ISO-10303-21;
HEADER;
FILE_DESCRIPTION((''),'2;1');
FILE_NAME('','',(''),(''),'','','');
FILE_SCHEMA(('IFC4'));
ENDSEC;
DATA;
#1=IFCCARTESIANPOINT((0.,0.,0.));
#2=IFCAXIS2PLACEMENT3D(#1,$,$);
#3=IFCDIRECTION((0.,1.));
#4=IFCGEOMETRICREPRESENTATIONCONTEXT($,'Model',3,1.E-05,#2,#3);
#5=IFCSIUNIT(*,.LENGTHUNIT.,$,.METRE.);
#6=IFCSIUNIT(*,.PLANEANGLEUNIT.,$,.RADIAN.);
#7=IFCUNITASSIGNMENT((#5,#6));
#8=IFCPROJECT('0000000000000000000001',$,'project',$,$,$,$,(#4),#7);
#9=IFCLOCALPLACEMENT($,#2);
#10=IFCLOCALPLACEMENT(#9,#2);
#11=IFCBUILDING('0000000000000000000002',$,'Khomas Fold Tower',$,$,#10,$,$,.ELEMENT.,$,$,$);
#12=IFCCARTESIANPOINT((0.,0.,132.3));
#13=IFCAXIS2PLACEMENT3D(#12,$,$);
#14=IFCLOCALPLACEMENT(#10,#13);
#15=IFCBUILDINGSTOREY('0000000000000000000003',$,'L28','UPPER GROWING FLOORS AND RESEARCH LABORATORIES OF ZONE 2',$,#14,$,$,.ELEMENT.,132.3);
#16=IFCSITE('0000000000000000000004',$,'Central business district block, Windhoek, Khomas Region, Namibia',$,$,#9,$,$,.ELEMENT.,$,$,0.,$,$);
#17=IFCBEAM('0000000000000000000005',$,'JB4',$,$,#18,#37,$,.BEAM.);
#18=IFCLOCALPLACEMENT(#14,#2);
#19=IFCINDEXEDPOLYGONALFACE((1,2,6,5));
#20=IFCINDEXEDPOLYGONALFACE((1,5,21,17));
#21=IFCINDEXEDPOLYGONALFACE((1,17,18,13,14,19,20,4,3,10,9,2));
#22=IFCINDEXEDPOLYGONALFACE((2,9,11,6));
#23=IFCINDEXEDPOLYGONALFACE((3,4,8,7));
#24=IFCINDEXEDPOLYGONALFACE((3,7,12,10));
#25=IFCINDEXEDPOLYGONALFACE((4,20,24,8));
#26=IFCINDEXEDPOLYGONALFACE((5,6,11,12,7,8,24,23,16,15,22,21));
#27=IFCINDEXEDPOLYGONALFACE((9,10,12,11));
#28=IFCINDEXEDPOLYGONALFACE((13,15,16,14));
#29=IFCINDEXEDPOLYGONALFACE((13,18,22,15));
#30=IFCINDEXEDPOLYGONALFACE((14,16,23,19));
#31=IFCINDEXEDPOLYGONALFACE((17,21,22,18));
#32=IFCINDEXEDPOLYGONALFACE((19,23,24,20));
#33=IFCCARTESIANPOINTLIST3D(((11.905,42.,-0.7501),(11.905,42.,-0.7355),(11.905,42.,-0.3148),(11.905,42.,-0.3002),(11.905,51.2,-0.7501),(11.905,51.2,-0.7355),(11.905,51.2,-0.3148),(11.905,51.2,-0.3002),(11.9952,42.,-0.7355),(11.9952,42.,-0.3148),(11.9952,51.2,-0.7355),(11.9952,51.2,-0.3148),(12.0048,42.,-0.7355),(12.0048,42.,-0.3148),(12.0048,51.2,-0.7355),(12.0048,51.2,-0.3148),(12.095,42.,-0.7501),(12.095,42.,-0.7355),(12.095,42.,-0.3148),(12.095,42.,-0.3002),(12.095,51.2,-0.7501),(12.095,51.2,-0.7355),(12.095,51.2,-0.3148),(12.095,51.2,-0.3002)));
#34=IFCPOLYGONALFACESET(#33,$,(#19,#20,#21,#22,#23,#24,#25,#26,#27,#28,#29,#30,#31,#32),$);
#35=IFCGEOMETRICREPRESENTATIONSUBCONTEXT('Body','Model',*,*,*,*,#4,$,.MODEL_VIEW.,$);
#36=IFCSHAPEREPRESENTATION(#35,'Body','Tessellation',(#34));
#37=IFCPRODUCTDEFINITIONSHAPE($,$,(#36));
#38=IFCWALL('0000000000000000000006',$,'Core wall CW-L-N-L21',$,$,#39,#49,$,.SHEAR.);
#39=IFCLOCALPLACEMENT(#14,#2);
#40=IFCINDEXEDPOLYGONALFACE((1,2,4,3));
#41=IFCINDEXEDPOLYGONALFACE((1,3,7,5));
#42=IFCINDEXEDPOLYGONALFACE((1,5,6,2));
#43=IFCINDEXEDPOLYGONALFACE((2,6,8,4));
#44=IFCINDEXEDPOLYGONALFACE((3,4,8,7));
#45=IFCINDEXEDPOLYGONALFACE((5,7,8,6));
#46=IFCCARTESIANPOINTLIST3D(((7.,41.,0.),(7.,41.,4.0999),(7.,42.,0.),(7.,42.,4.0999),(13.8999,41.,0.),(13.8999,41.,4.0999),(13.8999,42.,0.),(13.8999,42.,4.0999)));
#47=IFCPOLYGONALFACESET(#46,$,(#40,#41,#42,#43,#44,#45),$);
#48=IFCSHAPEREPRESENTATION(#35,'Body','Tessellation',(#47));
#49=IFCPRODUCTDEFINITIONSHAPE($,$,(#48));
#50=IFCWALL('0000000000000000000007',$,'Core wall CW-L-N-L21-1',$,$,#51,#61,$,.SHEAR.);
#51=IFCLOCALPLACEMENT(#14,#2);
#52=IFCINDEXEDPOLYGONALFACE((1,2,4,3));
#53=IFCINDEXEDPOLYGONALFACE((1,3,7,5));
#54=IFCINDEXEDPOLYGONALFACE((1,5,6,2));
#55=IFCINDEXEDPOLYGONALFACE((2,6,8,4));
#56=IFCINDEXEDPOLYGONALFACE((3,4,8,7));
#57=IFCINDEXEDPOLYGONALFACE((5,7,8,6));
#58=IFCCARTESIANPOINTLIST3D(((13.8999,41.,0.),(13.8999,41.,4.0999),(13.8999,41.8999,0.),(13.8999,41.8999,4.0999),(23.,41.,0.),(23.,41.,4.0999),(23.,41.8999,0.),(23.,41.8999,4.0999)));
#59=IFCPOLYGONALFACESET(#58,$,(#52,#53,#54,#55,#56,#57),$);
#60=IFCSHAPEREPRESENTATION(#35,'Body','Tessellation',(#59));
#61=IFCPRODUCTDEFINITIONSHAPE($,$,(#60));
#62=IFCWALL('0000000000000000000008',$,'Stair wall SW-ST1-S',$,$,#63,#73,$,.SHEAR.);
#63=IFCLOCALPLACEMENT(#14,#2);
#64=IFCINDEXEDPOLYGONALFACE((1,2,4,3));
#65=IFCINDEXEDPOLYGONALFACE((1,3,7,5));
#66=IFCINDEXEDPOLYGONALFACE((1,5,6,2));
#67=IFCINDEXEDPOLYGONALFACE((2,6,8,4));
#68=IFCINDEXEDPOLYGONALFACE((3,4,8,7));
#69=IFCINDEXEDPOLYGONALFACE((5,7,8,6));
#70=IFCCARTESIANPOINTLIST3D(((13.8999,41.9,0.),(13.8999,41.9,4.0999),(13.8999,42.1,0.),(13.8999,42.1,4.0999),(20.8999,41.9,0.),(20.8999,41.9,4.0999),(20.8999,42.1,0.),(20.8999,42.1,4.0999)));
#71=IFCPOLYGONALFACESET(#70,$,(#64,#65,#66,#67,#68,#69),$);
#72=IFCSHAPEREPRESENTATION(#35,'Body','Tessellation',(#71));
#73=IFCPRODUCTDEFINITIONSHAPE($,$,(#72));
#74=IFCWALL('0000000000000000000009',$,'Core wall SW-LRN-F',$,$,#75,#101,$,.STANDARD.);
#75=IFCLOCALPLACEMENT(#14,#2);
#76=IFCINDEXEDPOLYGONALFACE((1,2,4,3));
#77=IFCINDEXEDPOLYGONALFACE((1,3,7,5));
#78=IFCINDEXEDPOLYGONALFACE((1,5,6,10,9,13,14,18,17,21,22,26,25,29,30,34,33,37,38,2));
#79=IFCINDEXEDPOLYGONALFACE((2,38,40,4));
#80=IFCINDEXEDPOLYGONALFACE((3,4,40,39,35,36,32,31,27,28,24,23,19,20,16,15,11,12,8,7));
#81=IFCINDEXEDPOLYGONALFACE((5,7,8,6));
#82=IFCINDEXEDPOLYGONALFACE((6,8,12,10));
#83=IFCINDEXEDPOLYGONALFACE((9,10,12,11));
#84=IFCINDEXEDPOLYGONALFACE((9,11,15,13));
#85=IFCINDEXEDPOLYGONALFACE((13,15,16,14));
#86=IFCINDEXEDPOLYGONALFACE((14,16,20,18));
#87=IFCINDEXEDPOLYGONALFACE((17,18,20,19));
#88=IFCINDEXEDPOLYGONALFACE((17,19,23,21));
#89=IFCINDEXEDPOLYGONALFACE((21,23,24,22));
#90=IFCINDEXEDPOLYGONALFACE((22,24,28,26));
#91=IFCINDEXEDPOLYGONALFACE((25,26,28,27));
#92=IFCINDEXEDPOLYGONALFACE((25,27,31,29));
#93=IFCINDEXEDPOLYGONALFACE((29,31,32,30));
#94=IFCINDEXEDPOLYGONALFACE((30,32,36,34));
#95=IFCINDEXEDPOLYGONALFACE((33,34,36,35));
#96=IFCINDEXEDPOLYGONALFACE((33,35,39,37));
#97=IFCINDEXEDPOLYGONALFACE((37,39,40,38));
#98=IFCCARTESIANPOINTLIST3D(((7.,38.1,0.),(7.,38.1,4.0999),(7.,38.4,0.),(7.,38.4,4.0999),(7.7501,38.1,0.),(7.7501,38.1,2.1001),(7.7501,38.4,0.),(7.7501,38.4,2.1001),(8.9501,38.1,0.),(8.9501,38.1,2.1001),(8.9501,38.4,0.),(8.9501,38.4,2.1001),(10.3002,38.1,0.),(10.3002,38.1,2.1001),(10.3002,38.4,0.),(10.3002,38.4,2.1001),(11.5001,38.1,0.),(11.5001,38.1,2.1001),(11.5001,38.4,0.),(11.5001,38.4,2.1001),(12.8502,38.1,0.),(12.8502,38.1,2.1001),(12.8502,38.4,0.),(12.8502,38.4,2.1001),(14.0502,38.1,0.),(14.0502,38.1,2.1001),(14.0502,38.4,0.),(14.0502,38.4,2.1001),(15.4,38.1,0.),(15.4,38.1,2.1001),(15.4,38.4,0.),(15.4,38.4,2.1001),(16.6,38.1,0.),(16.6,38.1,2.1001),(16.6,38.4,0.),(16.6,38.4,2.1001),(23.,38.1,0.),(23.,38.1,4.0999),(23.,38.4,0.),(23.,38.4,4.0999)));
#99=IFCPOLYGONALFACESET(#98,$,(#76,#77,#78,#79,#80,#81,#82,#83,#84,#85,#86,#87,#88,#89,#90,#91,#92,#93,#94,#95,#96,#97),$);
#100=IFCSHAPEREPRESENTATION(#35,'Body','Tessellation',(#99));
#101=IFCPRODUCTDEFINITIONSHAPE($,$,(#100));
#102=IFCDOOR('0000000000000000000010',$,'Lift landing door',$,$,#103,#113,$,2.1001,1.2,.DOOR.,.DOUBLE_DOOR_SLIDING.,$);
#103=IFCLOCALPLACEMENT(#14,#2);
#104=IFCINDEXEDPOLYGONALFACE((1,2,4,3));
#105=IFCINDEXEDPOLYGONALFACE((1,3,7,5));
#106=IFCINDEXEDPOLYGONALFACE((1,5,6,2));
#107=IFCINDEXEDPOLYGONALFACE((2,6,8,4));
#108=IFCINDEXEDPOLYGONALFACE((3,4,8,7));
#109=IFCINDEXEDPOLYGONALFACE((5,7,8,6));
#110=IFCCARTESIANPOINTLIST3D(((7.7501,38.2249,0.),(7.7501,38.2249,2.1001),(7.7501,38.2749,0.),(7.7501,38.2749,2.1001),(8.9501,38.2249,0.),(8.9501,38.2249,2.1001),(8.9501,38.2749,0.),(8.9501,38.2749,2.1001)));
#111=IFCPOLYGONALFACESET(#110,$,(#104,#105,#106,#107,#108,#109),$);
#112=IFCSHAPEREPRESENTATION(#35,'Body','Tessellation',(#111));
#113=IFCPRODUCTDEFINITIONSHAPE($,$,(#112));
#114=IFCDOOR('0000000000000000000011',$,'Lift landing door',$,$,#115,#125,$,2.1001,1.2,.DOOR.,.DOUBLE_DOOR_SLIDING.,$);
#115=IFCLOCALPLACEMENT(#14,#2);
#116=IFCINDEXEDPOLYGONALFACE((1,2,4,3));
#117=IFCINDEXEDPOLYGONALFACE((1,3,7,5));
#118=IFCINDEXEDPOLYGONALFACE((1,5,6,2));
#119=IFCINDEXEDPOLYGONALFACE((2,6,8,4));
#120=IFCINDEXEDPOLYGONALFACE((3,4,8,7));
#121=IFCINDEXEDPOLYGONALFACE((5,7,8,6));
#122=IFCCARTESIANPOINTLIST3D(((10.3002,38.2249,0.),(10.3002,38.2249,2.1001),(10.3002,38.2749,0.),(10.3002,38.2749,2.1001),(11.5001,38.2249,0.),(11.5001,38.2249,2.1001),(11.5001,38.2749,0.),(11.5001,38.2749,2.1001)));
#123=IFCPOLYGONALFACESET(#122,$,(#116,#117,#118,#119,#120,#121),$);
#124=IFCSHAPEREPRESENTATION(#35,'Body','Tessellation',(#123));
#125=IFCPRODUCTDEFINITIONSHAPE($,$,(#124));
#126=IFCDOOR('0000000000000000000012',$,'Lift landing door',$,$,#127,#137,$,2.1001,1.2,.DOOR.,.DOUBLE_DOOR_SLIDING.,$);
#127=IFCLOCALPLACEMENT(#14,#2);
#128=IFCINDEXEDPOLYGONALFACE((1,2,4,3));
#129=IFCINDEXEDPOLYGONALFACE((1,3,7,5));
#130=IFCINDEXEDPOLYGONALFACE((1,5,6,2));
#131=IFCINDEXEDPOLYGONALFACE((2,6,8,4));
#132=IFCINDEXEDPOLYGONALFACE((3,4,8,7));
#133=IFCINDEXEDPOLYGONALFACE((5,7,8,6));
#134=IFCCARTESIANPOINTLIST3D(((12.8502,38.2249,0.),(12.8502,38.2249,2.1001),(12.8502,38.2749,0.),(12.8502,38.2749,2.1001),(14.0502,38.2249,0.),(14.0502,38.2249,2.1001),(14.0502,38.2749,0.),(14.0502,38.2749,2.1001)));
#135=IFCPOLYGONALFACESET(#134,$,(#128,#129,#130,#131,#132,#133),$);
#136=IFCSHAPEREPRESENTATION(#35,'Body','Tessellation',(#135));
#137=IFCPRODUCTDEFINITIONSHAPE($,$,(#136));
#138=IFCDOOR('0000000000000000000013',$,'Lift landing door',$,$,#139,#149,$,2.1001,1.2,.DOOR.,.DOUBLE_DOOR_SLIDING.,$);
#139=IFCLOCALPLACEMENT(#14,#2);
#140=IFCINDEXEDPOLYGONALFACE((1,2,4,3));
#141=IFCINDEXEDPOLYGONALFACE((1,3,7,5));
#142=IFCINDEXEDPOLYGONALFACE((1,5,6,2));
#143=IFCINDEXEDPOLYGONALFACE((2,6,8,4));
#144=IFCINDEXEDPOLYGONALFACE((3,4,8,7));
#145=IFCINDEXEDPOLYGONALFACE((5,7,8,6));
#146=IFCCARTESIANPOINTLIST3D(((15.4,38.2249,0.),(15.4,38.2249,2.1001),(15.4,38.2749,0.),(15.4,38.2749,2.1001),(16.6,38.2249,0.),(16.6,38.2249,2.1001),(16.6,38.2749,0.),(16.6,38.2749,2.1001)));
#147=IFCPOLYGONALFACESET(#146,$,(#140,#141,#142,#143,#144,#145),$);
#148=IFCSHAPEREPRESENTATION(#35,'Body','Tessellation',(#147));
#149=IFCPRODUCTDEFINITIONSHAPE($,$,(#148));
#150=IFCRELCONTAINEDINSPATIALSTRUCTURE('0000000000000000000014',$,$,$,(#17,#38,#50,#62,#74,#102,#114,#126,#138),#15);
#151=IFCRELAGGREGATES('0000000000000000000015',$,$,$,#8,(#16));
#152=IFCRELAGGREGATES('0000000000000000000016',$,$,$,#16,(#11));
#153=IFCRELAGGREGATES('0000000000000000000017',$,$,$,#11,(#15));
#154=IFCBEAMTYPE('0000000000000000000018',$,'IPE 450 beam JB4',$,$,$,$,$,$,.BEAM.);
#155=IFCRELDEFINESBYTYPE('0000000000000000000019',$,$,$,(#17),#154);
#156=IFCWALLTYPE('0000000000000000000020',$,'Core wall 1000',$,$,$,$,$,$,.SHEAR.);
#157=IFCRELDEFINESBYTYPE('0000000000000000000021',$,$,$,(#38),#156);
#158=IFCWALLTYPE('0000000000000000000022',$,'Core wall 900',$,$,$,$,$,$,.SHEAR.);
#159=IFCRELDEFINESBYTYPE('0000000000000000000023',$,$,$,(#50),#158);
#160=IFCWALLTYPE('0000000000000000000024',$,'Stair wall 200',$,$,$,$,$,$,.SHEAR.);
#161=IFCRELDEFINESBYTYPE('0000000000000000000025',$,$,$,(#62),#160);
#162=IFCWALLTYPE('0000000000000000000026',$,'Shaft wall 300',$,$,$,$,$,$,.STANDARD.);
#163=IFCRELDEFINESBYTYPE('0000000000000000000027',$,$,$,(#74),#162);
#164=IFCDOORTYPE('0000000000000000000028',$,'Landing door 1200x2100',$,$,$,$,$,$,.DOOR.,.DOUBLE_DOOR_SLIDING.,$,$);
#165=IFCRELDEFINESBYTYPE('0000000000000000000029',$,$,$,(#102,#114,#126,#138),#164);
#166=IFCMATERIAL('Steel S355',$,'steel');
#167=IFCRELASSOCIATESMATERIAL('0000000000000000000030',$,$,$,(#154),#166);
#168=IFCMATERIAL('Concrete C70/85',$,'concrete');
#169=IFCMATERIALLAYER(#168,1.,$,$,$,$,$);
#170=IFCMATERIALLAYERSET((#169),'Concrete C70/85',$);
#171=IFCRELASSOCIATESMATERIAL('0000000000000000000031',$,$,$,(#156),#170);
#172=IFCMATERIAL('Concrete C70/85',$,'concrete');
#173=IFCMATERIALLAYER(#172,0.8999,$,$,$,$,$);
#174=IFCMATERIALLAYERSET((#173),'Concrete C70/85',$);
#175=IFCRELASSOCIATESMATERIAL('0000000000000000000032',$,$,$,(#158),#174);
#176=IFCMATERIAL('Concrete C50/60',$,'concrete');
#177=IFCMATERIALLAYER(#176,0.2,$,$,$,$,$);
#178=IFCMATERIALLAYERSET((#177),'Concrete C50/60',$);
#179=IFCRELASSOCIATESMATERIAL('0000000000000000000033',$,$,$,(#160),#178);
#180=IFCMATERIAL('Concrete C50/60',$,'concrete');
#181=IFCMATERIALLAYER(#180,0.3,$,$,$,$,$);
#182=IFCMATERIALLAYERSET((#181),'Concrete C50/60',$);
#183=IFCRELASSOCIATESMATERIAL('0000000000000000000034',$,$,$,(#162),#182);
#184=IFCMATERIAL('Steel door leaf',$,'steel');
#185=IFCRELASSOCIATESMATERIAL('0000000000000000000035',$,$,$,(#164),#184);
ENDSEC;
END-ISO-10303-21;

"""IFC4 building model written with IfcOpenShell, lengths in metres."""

from ifc_helpers import new_model, si_unit, direction, frame, frame_2d, origin, origin_2d, place, context, subcontext, project, spatial, rectangle, i_section, extrude, source, transform, mapped, material, layer, layer_set, material_profile, profile_set, type_object, element, fill, save


model = new_model("IFC4")

# Units and contexts
model_context = context("Model", 3, precision=1e-05, world=origin(), true_north=direction((0.0, 1.0)))
body_context = subcontext(model_context, "Body", "Model", "MODEL_VIEW")
ifc_project = project(units=[si_unit("LENGTHUNIT", "METRE"), si_unit("PLANEANGLEUNIT", "RADIAN")], contexts=[model_context])

# Site, building, storey
site_placement = place(None, origin())
site = spatial("IfcSite", under=ifc_project, at=site_placement, Name="Central business district block, Windhoek, Khomas Region, Namibia", CompositionType="ELEMENT", RefElevation=0.0)
building_placement = place(site_placement, origin())
building = spatial("IfcBuilding", under=site, at=building_placement, Name="Khomas Fold Tower", CompositionType="ELEMENT")
storey_placement = place(building_placement, frame((0.0, 0.0, 132.3)))
storey = spatial("IfcBuildingStorey", under=building, at=storey_placement, Name="L28", Description="UPPER GROWING FLOORS AND RESEARCH LABORATORIES OF ZONE 2", CompositionType="ELEMENT", Elevation=132.3)

# Beam
ifc_material_1 = material(Name="Steel S355", Category="steel")
ifc_material_profile = material_profile(ifc_material_1, i_section(OverallWidth=0.1899, OverallDepth=0.45, WebThickness=0.0095, FlangeThickness=0.0146, at=origin_2d()), Name="IPE 450")
ifc_profile_set = profile_set([ifc_material_profile], Name="Steel S355")
beam_type = type_object("IfcBeamType", Name="IPE 450 beam JB4", PredefinedType="BEAM", material=ifc_profile_set)
shared_shape_1 = source(origin(), body_context, "Body", "SweptSolid", [
    extrude(i_section(OverallWidth=0.1899, OverallDepth=0.45, WebThickness=0.0095, FlangeThickness=0.0146, at=origin_2d()), origin(), (0.0, 0.0, 1.0), 9.2),
])
beam_placement = place(storey_placement, frame((12.0, 42.0, -0.5251), z_axis=(0.0, 1.0, 0.0), x_axis=(-1.0, 0.0, 0.0)))
element("IfcBeam", 1, at=beam_placement, inside=storey, type_object=beam_type, Name="JB4", PredefinedType="BEAM", context=body_context, shape_type="MappedRepresentation", body=[
    mapped(shared_shape_1, transform((0.0, 0.0, 0.0))),
])

# Walls
ifc_material_2 = material(Name="Concrete C70/85", Category="concrete")
ifc_layer_1 = layer(ifc_material_2, 1.0)
ifc_layer_set_1 = layer_set([ifc_layer_1], Name="Concrete C70/85")
wall_type_1 = type_object("IfcWallType", Name="Core wall 1000", PredefinedType="SHEAR", material=ifc_layer_set_1)
shared_shape_2 = source(origin(), body_context, "Body", "SweptSolid", [
    extrude(rectangle(XDim=6.8999, YDim=1.0, at=frame_2d((3.45, 0.0))), origin(), (0.0, 0.0, 1.0), 4.0999),
])
wall_1_placement = place(storey_placement, frame((7.0, 41.5, 0.0), z_axis=(0.0, 0.0, 1.0), x_axis=(1.0, 0.0, 0.0)))
element("IfcWall", 2, at=wall_1_placement, inside=storey, type_object=wall_type_1, Name="Core wall CW-L-N-L21", PredefinedType="SHEAR", context=body_context, shape_type="MappedRepresentation", body=[
    mapped(shared_shape_2, transform((0.0, 0.0, 0.0))),
])
ifc_material_3 = material(Name="Concrete C70/85", Category="concrete")
ifc_layer_2 = layer(ifc_material_3, 0.8999)
ifc_layer_set_2 = layer_set([ifc_layer_2], Name="Concrete C70/85")
wall_type_2 = type_object("IfcWallType", Name="Core wall 900", PredefinedType="SHEAR", material=ifc_layer_set_2)
shared_shape_3 = source(origin(), body_context, "Body", "SweptSolid", [
    extrude(rectangle(XDim=9.1001, YDim=0.8999, at=frame_2d((4.55, 0.0))), origin(), (0.0, 0.0, 1.0), 4.0999),
])
wall_2_placement = place(storey_placement, frame((13.8999, 41.45, 0.0), z_axis=(0.0, 0.0, 1.0), x_axis=(1.0, 0.0, 0.0)))
element("IfcWall", 3, at=wall_2_placement, inside=storey, type_object=wall_type_2, Name="Core wall CW-L-N-L21-1", PredefinedType="SHEAR", context=body_context, shape_type="MappedRepresentation", body=[
    mapped(shared_shape_3, transform((0.0, 0.0, 0.0))),
])
ifc_material_4 = material(Name="Concrete C50/60", Category="concrete")
ifc_layer_3 = layer(ifc_material_4, 0.2)
ifc_layer_set_3 = layer_set([ifc_layer_3], Name="Concrete C50/60")
wall_type_3 = type_object("IfcWallType", Name="Stair wall 200", PredefinedType="SHEAR", material=ifc_layer_set_3)
shared_shape_4 = source(origin(), body_context, "Body", "SweptSolid", [
    extrude(rectangle(XDim=7.0, YDim=0.2, at=frame_2d((3.5, 0.0))), origin(), (0.0, 0.0, 1.0), 4.0999),
])
wall_3_placement = place(storey_placement, frame((13.8999, 42.0, 0.0), z_axis=(0.0, 0.0, 1.0), x_axis=(1.0, 0.0, 0.0)))
element("IfcWall", 4, at=wall_3_placement, inside=storey, type_object=wall_type_3, Name="Stair wall SW-ST1-S", PredefinedType="SHEAR", context=body_context, shape_type="MappedRepresentation", body=[
    mapped(shared_shape_4, transform((0.0, 0.0, 0.0))),
])

# Wall, openings, doors
ifc_material_5 = material(Name="Concrete C50/60", Category="concrete")
ifc_layer_4 = layer(ifc_material_5, 0.3)
ifc_layer_set_4 = layer_set([ifc_layer_4], Name="Concrete C50/60")
wall_type_4 = type_object("IfcWallType", Name="Shaft wall 300", PredefinedType="STANDARD", material=ifc_layer_set_4)
shared_shape_5 = source(origin(), body_context, "Body", "SweptSolid", [
    extrude(rectangle(XDim=16.0, YDim=0.3, at=frame_2d((8.0, 0.0))), origin(), (0.0, 0.0, 1.0), 4.0999),
])
wall_4_placement = place(storey_placement, frame((7.0, 38.25, 0.0), z_axis=(0.0, 0.0, 1.0), x_axis=(1.0, 0.0, 0.0)))
wall_4 = element("IfcWall", 5, at=wall_4_placement, inside=storey, type_object=wall_type_4, Name="Core wall SW-LRN-F", PredefinedType="STANDARD", context=body_context, shape_type="MappedRepresentation", body=[
    mapped(shared_shape_5, transform((0.0, 0.0, 0.0))),
])
shared_shape_6 = source(origin(), body_context, "Body", "SweptSolid", [
    extrude(rectangle(XDim=1.2, YDim=2.1001, at=frame_2d((0.6001, 1.05))), frame((0.0, 0.1599, 0.0), z_axis=(0.0, -1.0, 0.0), x_axis=(1.0, 0.0, 0.0)), (0.0, 0.0, 1.0), 0.3201),
])
opening_1_placement = place(wall_4_placement, frame((0.75, 0.0, 0.0)))
opening_1 = element("IfcOpeningElement", 6, at=opening_1_placement, cuts=wall_4, PredefinedType="OPENING", context=body_context, shape_type="MappedRepresentation", body=[
    mapped(shared_shape_6, transform((0.0, 0.0, 0.0))),
])
opening_2_placement = place(wall_4_placement, frame((3.3, 0.0, 0.0)))
opening_2 = element("IfcOpeningElement", 7, at=opening_2_placement, cuts=wall_4, PredefinedType="OPENING", context=body_context, shape_type="MappedRepresentation", body=[
    mapped(shared_shape_6, transform((0.0, 0.0, 0.0))),
])
opening_3_placement = place(wall_4_placement, frame((5.8501, 0.0, 0.0)))
opening_3 = element("IfcOpeningElement", 8, at=opening_3_placement, cuts=wall_4, PredefinedType="OPENING", context=body_context, shape_type="MappedRepresentation", body=[
    mapped(shared_shape_6, transform((0.0, 0.0, 0.0))),
])
opening_4_placement = place(wall_4_placement, frame((8.3999, 0.0, 0.0)))
opening_4 = element("IfcOpeningElement", 9, at=opening_4_placement, cuts=wall_4, PredefinedType="OPENING", context=body_context, shape_type="MappedRepresentation", body=[
    mapped(shared_shape_6, transform((0.0, 0.0, 0.0))),
])
ifc_material_6 = material(Name="Steel door leaf", Category="steel")
door_type = type_object("IfcDoorType", Name="Landing door 1200x2100", OperationType="DOUBLE_DOOR_SLIDING", PredefinedType="DOOR", material=ifc_material_6)
shared_shape_7 = source(origin(), body_context, "Body", "SweptSolid", [
    extrude(rectangle(XDim=1.2, YDim=2.1001, at=frame_2d((0.6001, 1.05))), frame((0.0, 0.0249, 0.0), z_axis=(0.0, -1.0, 0.0), x_axis=(1.0, 0.0, 0.0)), (0.0, 0.0, 1.0), 0.05),
])
door_1_placement = place(opening_1_placement, origin())
door_1 = element("IfcDoor", 10, at=door_1_placement, inside=storey, type_object=door_type, Name="Lift landing door", OperationType="DOUBLE_DOOR_SLIDING", OverallHeight=2.1001, OverallWidth=1.2, PredefinedType="DOOR", context=body_context, shape_type="MappedRepresentation", body=[
    mapped(shared_shape_7, transform((0.0, 0.0, 0.0))),
])
fill(opening_1, door_1)
door_2_placement = place(opening_2_placement, origin())
door_2 = element("IfcDoor", 11, at=door_2_placement, inside=storey, type_object=door_type, Name="Lift landing door", OperationType="DOUBLE_DOOR_SLIDING", OverallHeight=2.1001, OverallWidth=1.2, PredefinedType="DOOR", context=body_context, shape_type="MappedRepresentation", body=[
    mapped(shared_shape_7, transform((0.0, 0.0, 0.0))),
])
fill(opening_2, door_2)
door_3_placement = place(opening_3_placement, origin())
door_3 = element("IfcDoor", 12, at=door_3_placement, inside=storey, type_object=door_type, Name="Lift landing door", OperationType="DOUBLE_DOOR_SLIDING", OverallHeight=2.1001, OverallWidth=1.2, PredefinedType="DOOR", context=body_context, shape_type="MappedRepresentation", body=[
    mapped(shared_shape_7, transform((0.0, 0.0, 0.0))),
])
fill(opening_3, door_3)
door_4_placement = place(opening_4_placement, origin())
door_4 = element("IfcDoor", 13, at=door_4_placement, inside=storey, type_object=door_type, Name="Lift landing door", OperationType="DOUBLE_DOOR_SLIDING", OverallHeight=2.1001, OverallWidth=1.2, PredefinedType="DOOR", context=body_context, shape_type="MappedRepresentation", body=[
    mapped(shared_shape_7, transform((0.0, 0.0, 0.0))),
])
fill(opening_4, door_4)

save(model, "model.ifc")
